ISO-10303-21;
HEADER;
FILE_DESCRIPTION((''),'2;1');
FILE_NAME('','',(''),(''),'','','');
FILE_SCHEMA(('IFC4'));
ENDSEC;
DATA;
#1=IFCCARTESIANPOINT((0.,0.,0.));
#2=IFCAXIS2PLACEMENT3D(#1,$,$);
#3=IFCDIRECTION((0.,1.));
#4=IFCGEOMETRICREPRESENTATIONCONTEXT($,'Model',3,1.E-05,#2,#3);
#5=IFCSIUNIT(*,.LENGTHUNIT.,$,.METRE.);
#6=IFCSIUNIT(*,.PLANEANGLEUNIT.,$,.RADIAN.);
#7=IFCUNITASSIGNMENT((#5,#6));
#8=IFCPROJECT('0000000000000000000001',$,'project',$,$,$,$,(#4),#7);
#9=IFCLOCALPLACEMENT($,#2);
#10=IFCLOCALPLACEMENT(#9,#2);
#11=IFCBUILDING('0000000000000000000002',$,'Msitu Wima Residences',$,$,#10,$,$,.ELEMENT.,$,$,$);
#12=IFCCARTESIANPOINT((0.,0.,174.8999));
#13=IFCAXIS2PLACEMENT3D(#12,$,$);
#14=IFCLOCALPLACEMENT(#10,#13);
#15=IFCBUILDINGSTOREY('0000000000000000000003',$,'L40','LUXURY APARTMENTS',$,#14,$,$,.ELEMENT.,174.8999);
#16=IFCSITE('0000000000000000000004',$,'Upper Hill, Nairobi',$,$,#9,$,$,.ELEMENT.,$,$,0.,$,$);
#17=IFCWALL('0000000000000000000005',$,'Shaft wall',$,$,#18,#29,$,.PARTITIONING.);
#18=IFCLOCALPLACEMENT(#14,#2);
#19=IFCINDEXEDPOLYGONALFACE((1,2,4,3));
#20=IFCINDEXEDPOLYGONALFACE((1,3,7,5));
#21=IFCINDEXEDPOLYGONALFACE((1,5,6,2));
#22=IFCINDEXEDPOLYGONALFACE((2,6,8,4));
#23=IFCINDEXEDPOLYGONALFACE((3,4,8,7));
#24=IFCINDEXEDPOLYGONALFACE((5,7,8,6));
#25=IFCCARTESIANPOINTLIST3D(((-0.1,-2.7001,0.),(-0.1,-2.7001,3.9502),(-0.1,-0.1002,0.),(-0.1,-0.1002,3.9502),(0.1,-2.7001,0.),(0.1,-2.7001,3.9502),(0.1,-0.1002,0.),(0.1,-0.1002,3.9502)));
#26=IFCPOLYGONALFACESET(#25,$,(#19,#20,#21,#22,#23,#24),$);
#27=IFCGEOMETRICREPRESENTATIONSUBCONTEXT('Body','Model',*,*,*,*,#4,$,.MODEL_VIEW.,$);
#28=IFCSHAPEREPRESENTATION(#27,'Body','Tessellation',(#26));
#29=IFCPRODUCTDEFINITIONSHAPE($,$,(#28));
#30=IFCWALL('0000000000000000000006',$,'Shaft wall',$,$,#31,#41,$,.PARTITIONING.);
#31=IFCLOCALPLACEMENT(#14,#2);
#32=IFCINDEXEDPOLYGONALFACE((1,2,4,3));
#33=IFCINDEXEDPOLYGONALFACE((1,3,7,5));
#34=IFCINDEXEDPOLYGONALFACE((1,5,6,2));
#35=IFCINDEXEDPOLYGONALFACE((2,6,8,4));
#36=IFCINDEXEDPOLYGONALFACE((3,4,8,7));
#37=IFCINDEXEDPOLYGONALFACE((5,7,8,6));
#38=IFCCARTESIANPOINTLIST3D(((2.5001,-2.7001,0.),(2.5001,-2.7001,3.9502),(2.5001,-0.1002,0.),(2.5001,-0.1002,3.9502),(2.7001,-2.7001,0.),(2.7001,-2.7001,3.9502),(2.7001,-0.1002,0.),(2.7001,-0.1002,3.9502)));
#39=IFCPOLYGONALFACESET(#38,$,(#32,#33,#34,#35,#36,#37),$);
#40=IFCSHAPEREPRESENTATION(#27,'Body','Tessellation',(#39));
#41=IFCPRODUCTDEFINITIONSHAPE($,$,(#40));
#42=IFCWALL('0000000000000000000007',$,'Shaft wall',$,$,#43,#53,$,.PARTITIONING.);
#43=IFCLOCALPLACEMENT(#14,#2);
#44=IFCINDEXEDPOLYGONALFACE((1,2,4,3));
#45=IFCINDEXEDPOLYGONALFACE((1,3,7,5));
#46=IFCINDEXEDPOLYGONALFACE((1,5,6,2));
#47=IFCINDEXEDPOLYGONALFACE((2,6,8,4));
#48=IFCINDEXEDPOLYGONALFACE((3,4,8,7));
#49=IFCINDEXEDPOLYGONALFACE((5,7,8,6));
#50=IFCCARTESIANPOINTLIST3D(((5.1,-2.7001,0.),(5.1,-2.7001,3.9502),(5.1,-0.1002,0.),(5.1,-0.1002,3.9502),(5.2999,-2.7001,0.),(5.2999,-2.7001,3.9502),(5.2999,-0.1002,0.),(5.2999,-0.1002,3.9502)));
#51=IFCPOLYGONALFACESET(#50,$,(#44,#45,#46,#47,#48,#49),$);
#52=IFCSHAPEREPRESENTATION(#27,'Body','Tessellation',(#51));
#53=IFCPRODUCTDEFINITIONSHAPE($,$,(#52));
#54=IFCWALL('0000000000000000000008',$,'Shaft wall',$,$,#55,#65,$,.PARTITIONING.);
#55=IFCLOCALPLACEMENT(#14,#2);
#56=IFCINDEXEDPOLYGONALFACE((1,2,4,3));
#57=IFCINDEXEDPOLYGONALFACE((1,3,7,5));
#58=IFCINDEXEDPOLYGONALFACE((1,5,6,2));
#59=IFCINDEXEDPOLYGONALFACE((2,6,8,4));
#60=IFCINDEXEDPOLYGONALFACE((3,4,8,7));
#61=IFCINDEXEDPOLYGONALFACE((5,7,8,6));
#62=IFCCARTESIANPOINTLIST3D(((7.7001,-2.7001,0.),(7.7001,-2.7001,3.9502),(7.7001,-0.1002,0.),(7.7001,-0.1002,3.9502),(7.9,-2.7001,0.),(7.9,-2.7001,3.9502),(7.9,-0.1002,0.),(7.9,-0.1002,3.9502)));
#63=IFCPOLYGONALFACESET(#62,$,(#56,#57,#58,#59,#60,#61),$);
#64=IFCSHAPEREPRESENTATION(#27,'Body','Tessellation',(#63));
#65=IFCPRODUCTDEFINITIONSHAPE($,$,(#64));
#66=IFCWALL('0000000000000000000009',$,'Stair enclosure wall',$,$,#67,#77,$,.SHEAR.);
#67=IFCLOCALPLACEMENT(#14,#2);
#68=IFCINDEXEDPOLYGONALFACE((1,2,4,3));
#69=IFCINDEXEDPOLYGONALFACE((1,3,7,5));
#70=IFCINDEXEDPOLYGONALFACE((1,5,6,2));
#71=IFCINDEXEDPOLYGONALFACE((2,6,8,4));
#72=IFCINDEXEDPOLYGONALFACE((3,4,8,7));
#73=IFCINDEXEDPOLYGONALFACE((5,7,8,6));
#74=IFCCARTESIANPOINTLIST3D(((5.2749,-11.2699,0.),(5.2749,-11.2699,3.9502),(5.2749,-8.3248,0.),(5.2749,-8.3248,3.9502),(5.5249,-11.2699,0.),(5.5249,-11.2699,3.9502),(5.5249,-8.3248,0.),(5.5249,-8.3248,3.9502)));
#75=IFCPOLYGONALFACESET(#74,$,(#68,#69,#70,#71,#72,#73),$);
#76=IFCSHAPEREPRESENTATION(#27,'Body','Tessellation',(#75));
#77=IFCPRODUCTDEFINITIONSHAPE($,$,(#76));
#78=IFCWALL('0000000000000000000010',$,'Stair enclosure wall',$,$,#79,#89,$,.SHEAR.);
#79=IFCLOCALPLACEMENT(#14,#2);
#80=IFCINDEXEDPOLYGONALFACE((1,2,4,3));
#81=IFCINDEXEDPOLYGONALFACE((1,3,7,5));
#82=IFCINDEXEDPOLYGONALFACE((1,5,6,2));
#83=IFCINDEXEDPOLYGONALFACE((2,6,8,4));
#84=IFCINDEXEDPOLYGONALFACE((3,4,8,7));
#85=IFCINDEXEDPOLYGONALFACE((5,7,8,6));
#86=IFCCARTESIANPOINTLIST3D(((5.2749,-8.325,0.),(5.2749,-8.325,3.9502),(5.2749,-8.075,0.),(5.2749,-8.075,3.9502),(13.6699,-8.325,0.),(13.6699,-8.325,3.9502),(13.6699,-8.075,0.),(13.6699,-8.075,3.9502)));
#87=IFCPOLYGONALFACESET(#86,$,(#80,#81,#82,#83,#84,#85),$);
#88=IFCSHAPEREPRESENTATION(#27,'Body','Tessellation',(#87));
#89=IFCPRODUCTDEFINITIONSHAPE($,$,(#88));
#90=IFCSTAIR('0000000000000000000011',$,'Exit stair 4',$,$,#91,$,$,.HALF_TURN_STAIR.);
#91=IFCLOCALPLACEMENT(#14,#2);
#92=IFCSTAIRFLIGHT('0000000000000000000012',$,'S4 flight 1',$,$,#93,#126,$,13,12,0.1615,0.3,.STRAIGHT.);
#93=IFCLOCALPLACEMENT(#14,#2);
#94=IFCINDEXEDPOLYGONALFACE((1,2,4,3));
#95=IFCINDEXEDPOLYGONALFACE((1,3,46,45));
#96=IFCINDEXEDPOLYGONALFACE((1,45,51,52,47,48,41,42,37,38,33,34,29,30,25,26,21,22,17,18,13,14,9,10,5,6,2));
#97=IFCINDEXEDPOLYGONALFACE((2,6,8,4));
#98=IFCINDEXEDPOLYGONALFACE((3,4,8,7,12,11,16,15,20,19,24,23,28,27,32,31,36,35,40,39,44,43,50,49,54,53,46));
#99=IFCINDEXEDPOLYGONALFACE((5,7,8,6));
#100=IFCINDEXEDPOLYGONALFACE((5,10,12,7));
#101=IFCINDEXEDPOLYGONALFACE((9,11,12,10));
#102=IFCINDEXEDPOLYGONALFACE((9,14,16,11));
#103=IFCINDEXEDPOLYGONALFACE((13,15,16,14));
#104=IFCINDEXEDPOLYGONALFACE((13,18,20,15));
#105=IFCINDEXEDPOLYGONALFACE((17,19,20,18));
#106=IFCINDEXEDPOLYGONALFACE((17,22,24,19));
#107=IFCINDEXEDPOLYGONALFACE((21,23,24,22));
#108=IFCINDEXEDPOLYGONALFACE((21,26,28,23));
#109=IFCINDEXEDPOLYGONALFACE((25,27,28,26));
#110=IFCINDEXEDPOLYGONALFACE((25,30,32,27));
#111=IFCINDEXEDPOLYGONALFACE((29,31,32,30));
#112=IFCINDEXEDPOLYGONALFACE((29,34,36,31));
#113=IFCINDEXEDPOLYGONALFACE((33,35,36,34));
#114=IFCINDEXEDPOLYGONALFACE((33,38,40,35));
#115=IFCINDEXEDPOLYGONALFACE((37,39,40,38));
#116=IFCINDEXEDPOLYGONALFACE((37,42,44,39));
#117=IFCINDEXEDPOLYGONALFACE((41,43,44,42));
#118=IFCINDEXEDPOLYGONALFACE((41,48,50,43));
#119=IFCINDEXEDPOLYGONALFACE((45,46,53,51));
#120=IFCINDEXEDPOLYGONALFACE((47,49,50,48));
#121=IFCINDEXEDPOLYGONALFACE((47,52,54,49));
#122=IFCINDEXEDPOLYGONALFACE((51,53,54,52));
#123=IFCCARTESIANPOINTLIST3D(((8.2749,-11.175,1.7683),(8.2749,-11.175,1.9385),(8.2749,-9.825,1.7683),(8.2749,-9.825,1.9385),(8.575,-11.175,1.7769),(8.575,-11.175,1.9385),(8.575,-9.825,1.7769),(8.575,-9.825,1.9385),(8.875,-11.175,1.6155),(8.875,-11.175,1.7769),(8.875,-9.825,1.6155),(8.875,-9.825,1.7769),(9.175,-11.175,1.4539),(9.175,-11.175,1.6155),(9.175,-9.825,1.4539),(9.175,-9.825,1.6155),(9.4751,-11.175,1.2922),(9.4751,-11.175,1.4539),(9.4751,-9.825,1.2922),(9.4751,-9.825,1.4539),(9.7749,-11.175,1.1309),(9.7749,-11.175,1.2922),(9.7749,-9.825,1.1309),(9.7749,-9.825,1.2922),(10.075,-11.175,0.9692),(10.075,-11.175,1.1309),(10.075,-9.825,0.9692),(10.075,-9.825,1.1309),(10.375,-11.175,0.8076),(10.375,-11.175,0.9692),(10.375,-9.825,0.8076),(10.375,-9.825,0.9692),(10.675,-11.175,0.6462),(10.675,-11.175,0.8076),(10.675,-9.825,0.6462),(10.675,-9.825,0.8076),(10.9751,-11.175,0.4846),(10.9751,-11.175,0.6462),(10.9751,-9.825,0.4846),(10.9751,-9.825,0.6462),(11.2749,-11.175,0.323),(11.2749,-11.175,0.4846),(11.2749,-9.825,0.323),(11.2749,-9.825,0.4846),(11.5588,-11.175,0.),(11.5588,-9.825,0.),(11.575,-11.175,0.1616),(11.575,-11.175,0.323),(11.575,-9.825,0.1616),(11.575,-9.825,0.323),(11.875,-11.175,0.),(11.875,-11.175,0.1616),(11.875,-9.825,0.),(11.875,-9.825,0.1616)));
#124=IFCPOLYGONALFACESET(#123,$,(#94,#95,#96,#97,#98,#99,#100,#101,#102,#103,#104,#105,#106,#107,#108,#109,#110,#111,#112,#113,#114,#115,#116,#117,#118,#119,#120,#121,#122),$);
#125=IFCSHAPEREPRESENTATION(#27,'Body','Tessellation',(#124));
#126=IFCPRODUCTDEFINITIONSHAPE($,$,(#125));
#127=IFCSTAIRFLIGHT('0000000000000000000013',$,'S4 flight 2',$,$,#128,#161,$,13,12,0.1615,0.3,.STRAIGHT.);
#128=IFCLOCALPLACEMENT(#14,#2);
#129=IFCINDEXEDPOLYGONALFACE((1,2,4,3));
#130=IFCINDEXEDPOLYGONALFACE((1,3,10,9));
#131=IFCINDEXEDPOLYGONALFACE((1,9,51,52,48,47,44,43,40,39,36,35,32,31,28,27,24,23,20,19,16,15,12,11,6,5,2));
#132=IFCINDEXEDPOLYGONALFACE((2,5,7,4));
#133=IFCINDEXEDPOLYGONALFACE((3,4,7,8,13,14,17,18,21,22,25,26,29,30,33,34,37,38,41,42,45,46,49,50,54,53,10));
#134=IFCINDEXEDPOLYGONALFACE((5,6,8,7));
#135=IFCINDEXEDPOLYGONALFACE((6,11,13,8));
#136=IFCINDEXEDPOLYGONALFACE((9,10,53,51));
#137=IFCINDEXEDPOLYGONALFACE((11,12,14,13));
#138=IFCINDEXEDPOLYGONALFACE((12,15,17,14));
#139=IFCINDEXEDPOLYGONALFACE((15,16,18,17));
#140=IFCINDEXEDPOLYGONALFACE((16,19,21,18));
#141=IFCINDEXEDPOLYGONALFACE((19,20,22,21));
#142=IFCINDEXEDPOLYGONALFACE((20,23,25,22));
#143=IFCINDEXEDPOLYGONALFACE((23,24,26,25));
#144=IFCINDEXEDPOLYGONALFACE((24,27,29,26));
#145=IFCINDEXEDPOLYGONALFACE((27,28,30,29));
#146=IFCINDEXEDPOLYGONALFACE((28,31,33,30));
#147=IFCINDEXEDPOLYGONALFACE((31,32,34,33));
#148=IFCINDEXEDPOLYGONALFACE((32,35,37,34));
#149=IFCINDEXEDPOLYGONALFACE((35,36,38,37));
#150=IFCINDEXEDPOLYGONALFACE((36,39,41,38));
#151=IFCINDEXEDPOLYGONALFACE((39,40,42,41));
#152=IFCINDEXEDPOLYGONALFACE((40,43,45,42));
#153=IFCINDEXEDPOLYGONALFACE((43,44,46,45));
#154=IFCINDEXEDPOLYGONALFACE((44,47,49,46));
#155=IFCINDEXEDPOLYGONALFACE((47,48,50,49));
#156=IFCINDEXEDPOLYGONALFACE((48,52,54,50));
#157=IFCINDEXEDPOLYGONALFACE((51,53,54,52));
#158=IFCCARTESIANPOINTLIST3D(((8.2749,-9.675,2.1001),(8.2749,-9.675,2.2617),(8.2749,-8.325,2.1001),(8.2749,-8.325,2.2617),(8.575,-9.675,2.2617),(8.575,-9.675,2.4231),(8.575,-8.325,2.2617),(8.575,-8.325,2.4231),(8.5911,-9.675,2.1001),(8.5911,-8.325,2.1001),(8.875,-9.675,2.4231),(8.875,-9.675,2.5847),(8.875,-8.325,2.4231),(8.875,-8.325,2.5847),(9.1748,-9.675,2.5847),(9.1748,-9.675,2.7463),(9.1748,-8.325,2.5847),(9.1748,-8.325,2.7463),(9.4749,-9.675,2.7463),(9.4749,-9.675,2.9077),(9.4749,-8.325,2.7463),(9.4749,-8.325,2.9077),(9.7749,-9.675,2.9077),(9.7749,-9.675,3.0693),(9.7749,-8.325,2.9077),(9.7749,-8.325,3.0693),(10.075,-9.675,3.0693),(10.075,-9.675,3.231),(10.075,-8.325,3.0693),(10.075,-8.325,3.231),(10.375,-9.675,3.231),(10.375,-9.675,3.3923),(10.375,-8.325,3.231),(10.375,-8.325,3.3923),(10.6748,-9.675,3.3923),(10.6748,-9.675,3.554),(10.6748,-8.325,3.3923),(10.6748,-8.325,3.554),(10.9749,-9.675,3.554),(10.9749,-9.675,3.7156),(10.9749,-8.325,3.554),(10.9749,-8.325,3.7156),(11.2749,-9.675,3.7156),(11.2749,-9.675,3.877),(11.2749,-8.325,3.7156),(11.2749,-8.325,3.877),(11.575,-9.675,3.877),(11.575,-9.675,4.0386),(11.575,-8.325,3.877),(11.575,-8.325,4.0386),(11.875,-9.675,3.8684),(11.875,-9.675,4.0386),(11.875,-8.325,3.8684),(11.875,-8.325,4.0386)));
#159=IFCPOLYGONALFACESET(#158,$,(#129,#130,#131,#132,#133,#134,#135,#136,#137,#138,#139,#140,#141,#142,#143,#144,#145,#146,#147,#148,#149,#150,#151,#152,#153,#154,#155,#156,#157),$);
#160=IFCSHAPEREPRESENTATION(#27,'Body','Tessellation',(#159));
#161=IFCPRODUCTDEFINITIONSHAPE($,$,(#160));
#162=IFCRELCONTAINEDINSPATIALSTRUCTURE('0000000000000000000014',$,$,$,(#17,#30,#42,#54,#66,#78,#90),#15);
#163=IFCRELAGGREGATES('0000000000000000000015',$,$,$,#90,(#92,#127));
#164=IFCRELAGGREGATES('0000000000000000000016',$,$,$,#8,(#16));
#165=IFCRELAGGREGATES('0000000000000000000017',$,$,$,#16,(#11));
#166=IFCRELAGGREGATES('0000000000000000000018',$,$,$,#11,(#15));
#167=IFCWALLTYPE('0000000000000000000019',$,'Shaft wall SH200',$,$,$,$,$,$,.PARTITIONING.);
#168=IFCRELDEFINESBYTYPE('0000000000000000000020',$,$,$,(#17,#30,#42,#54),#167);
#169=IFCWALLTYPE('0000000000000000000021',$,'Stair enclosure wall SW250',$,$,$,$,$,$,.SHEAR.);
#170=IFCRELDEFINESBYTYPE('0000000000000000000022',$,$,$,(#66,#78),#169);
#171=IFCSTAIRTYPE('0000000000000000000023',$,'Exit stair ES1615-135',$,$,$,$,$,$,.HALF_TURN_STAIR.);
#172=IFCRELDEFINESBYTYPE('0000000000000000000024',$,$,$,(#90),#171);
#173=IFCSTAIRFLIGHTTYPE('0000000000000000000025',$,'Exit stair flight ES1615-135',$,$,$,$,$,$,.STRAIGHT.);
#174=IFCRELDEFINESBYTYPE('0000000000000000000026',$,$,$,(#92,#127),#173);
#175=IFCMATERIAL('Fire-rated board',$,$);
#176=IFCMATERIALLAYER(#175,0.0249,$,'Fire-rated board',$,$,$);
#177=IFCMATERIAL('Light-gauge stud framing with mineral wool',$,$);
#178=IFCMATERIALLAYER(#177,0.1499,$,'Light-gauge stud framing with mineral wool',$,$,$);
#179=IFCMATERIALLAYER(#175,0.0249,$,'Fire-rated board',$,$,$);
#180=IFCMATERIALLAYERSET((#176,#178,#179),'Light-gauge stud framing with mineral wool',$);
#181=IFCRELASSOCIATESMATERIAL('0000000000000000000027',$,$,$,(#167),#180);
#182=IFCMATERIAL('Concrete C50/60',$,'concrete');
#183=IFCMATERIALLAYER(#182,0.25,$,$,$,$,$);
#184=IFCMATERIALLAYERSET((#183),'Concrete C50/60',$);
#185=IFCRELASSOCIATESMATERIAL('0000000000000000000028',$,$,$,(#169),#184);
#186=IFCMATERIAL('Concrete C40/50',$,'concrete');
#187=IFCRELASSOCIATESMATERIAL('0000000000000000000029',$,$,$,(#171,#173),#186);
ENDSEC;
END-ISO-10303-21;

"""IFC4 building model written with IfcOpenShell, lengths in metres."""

from ifc_helpers import new_model, si_unit, direction, frame, frame_2d, origin, place, context, subcontext, project, spatial, polyline, rectangle, outline, extrude, material, layer, layer_set, type_object, element, aggregate, save


model = new_model("IFC4")

# Units and contexts
model_context = context("Model", 3, precision=1e-05, world=origin(), true_north=direction((0.0, 1.0)))
body_context = subcontext(model_context, "Body", "Model", "MODEL_VIEW")
ifc_project = project(units=[si_unit("LENGTHUNIT", "METRE"), si_unit("PLANEANGLEUNIT", "RADIAN")], contexts=[model_context])

# Site, building, storey
site_placement = place(None, origin())
site = spatial("IfcSite", under=ifc_project, at=site_placement, Name="Upper Hill, Nairobi", CompositionType="ELEMENT", RefElevation=0.0)
building_placement = place(site_placement, origin())
building = spatial("IfcBuilding", under=site, at=building_placement, Name="Msitu Wima Residences", CompositionType="ELEMENT")
storey_placement = place(building_placement, frame((0.0, 0.0, 174.8999)))
storey = spatial("IfcBuildingStorey", under=building, at=storey_placement, Name="L40", Description="LUXURY APARTMENTS", CompositionType="ELEMENT", Elevation=174.8999)

# Shared definitions
ifc_material_1 = material(Name="Concrete C40/50", Category="concrete")

# Walls
ifc_material_2 = material(Name="Fire-rated board")
ifc_layer_1 = layer(ifc_material_2, 0.0249, Name="Fire-rated board")
ifc_material_3 = material(Name="Light-gauge stud framing with mineral wool")
ifc_layer_2 = layer(ifc_material_3, 0.1499, Name="Light-gauge stud framing with mineral wool")
ifc_layer_3 = layer(ifc_material_2, 0.0249, Name="Fire-rated board")
ifc_layer_set_1 = layer_set([ifc_layer_1, ifc_layer_2, ifc_layer_3], Name="Light-gauge stud framing with mineral wool")
wall_type_1 = type_object("IfcWallType", Name="Shaft wall SH200", PredefinedType="PARTITIONING", material=ifc_layer_set_1)
for number, where, z_axis, x_axis, name in (
    (1, (0.0, -2.7, 0.0), (0.0, 0.0, 1.0), (0.0, 1.0, 0.0), "Shaft wall"),
    (2, (2.6001, -2.7, 0.0), (0.0, 0.0, 1.0), (0.0, 1.0, 0.0), "Shaft wall"),
    (3, (5.2, -2.7, 0.0), (0.0, 0.0, 1.0), (0.0, 1.0, 0.0), "Shaft wall"),
    (4, (7.8, -2.7, 0.0), (0.0, 0.0, 1.0), (0.0, 1.0, 0.0), "Shaft wall"),
):
    element("IfcWall", number, at=place(storey_placement, frame(where, z_axis=z_axis, x_axis=x_axis)), inside=storey, type_object=wall_type_1, Name=name, PredefinedType="PARTITIONING", context=body_context, shape_type="SweptSolid", body=[
        extrude(rectangle(XDim=2.5999, YDim=0.2, at=frame_2d((1.2998, 0.0))), origin(), (0.0, 0.0, 1.0), 3.9502),
    ])
ifc_material_4 = material(Name="Concrete C50/60", Category="concrete")
ifc_layer_4 = layer(ifc_material_4, 0.25)
ifc_layer_set_2 = layer_set([ifc_layer_4], Name="Concrete C50/60")
wall_type_2 = type_object("IfcWallType", Name="Stair enclosure wall SW250", PredefinedType="SHEAR", material=ifc_layer_set_2)
wall_1_placement = place(storey_placement, frame((5.3999, -11.27, 0.0), z_axis=(0.0, 0.0, 1.0), x_axis=(0.0, 1.0, 0.0)))
element("IfcWall", 5, at=wall_1_placement, inside=storey, type_object=wall_type_2, Name="Stair enclosure wall", PredefinedType="SHEAR", context=body_context, shape_type="SweptSolid", body=[
    extrude(rectangle(XDim=2.9451, YDim=0.25, at=frame_2d((1.4727, 0.0))), origin(), (0.0, 0.0, 1.0), 3.9502),
])
wall_2_placement = place(storey_placement, frame((5.2749, -8.2, 0.0), z_axis=(0.0, 0.0, 1.0), x_axis=(1.0, 0.0, 0.0)))
element("IfcWall", 6, at=wall_2_placement, inside=storey, type_object=wall_type_2, Name="Stair enclosure wall", PredefinedType="SHEAR", context=body_context, shape_type="SweptSolid", body=[
    extrude(rectangle(XDim=8.395, YDim=0.25, at=frame_2d((4.1975, 0.0))), origin(), (0.0, 0.0, 1.0), 3.9502),
])

# Stair, stair flights
stair_type = type_object("IfcStairType", Name="Exit stair ES1615-135", PredefinedType="HALF_TURN_STAIR", material=ifc_material_1)
stair_placement = place(storey_placement, origin())
stair = element("IfcStair", 7, at=stair_placement, inside=storey, type_object=stair_type, Name="Exit stair 4", PredefinedType="HALF_TURN_STAIR")
stair_flight_type = type_object("IfcStairFlightType", Name="Exit stair flight ES1615-135", PredefinedType="STRAIGHT", material=ifc_material_1)
stair_flight_1_placement = place(storey_placement, frame((11.875, -10.5, 0.0), z_axis=(0.0, 0.0, 1.0), x_axis=(-1.0, 0.0, 0.0)))
stair_flight_1 = element("IfcStairFlight", 8, at=stair_flight_1_placement, type_object=stair_flight_type, Name="S4 flight 1", NumberOfRisers=13, NumberOfTreads=12, PredefinedType="STRAIGHT", RiserHeight=0.1615, TreadLength=0.3, context=body_context, shape_type="SweptSolid", body=[
    extrude(outline(polyline([(0.0, 0.0), (0.0, 0.1616), (0.3, 0.1616), (0.3, 0.323), (0.6001, 0.323), (0.6001, 0.4846), (0.8999, 0.4846), (0.8999, 0.6462), (1.2, 0.6462), (1.2, 0.8076), (1.5, 0.8076), (1.5, 0.9692), (1.8, 0.9692), (1.8, 1.1309), (2.1001, 1.1309), (2.1001, 1.2922), (2.3999, 1.2922), (2.3999, 1.4539), (2.7, 1.4539), (2.7, 1.6155), (3.0, 1.6155), (3.0, 1.7769), (3.3, 1.7769), (3.3, 1.9385), (3.6001, 1.9385), (3.6001, 2.1001), (3.6001, 1.7683), (0.3162, 0.0), (0.0, 0.0)])), frame((0.0, 0.675, 0.0), z_axis=(0.0, -1.0, 0.0), x_axis=(1.0, 0.0, 0.0)), (0.0, 0.0, 1.0), 1.3501),
])
stair_flight_2_placement = place(storey_placement, frame((8.2749, -9.0, 2.1001), z_axis=(0.0, 0.0, 1.0), x_axis=(1.0, 0.0, 0.0)))
stair_flight_2 = element("IfcStairFlight", 9, at=stair_flight_2_placement, type_object=stair_flight_type, Name="S4 flight 2", NumberOfRisers=13, NumberOfTreads=12, PredefinedType="STRAIGHT", RiserHeight=0.1615, TreadLength=0.3, context=body_context, shape_type="SweptSolid", body=[
    extrude(outline(polyline([(0.0, 0.0), (0.0, 0.1616), (0.3, 0.1616), (0.3, 0.323), (0.6001, 0.323), (0.6001, 0.4846), (0.8999, 0.4846), (0.8999, 0.6462), (1.2, 0.6462), (1.2, 0.8076), (1.5, 0.8076), (1.5, 0.9692), (1.8, 0.9692), (1.8, 1.1309), (2.1001, 1.1309), (2.1001, 1.2922), (2.3999, 1.2922), (2.3999, 1.4539), (2.7, 1.4539), (2.7, 1.6155), (3.0, 1.6155), (3.0, 1.7769), (3.3, 1.7769), (3.3, 1.9385), (3.6001, 1.9385), (3.6001, 2.1001), (3.6001, 1.7683), (0.3162, 0.0), (0.0, 0.0)])), frame((0.0, 0.675, 0.0), z_axis=(0.0, -1.0, 0.0), x_axis=(1.0, 0.0, 0.0)), (0.0, 0.0, 1.0), 1.3501),
])
aggregate(stair, [stair_flight_1, stair_flight_2])

save(model, "model.ifc")
